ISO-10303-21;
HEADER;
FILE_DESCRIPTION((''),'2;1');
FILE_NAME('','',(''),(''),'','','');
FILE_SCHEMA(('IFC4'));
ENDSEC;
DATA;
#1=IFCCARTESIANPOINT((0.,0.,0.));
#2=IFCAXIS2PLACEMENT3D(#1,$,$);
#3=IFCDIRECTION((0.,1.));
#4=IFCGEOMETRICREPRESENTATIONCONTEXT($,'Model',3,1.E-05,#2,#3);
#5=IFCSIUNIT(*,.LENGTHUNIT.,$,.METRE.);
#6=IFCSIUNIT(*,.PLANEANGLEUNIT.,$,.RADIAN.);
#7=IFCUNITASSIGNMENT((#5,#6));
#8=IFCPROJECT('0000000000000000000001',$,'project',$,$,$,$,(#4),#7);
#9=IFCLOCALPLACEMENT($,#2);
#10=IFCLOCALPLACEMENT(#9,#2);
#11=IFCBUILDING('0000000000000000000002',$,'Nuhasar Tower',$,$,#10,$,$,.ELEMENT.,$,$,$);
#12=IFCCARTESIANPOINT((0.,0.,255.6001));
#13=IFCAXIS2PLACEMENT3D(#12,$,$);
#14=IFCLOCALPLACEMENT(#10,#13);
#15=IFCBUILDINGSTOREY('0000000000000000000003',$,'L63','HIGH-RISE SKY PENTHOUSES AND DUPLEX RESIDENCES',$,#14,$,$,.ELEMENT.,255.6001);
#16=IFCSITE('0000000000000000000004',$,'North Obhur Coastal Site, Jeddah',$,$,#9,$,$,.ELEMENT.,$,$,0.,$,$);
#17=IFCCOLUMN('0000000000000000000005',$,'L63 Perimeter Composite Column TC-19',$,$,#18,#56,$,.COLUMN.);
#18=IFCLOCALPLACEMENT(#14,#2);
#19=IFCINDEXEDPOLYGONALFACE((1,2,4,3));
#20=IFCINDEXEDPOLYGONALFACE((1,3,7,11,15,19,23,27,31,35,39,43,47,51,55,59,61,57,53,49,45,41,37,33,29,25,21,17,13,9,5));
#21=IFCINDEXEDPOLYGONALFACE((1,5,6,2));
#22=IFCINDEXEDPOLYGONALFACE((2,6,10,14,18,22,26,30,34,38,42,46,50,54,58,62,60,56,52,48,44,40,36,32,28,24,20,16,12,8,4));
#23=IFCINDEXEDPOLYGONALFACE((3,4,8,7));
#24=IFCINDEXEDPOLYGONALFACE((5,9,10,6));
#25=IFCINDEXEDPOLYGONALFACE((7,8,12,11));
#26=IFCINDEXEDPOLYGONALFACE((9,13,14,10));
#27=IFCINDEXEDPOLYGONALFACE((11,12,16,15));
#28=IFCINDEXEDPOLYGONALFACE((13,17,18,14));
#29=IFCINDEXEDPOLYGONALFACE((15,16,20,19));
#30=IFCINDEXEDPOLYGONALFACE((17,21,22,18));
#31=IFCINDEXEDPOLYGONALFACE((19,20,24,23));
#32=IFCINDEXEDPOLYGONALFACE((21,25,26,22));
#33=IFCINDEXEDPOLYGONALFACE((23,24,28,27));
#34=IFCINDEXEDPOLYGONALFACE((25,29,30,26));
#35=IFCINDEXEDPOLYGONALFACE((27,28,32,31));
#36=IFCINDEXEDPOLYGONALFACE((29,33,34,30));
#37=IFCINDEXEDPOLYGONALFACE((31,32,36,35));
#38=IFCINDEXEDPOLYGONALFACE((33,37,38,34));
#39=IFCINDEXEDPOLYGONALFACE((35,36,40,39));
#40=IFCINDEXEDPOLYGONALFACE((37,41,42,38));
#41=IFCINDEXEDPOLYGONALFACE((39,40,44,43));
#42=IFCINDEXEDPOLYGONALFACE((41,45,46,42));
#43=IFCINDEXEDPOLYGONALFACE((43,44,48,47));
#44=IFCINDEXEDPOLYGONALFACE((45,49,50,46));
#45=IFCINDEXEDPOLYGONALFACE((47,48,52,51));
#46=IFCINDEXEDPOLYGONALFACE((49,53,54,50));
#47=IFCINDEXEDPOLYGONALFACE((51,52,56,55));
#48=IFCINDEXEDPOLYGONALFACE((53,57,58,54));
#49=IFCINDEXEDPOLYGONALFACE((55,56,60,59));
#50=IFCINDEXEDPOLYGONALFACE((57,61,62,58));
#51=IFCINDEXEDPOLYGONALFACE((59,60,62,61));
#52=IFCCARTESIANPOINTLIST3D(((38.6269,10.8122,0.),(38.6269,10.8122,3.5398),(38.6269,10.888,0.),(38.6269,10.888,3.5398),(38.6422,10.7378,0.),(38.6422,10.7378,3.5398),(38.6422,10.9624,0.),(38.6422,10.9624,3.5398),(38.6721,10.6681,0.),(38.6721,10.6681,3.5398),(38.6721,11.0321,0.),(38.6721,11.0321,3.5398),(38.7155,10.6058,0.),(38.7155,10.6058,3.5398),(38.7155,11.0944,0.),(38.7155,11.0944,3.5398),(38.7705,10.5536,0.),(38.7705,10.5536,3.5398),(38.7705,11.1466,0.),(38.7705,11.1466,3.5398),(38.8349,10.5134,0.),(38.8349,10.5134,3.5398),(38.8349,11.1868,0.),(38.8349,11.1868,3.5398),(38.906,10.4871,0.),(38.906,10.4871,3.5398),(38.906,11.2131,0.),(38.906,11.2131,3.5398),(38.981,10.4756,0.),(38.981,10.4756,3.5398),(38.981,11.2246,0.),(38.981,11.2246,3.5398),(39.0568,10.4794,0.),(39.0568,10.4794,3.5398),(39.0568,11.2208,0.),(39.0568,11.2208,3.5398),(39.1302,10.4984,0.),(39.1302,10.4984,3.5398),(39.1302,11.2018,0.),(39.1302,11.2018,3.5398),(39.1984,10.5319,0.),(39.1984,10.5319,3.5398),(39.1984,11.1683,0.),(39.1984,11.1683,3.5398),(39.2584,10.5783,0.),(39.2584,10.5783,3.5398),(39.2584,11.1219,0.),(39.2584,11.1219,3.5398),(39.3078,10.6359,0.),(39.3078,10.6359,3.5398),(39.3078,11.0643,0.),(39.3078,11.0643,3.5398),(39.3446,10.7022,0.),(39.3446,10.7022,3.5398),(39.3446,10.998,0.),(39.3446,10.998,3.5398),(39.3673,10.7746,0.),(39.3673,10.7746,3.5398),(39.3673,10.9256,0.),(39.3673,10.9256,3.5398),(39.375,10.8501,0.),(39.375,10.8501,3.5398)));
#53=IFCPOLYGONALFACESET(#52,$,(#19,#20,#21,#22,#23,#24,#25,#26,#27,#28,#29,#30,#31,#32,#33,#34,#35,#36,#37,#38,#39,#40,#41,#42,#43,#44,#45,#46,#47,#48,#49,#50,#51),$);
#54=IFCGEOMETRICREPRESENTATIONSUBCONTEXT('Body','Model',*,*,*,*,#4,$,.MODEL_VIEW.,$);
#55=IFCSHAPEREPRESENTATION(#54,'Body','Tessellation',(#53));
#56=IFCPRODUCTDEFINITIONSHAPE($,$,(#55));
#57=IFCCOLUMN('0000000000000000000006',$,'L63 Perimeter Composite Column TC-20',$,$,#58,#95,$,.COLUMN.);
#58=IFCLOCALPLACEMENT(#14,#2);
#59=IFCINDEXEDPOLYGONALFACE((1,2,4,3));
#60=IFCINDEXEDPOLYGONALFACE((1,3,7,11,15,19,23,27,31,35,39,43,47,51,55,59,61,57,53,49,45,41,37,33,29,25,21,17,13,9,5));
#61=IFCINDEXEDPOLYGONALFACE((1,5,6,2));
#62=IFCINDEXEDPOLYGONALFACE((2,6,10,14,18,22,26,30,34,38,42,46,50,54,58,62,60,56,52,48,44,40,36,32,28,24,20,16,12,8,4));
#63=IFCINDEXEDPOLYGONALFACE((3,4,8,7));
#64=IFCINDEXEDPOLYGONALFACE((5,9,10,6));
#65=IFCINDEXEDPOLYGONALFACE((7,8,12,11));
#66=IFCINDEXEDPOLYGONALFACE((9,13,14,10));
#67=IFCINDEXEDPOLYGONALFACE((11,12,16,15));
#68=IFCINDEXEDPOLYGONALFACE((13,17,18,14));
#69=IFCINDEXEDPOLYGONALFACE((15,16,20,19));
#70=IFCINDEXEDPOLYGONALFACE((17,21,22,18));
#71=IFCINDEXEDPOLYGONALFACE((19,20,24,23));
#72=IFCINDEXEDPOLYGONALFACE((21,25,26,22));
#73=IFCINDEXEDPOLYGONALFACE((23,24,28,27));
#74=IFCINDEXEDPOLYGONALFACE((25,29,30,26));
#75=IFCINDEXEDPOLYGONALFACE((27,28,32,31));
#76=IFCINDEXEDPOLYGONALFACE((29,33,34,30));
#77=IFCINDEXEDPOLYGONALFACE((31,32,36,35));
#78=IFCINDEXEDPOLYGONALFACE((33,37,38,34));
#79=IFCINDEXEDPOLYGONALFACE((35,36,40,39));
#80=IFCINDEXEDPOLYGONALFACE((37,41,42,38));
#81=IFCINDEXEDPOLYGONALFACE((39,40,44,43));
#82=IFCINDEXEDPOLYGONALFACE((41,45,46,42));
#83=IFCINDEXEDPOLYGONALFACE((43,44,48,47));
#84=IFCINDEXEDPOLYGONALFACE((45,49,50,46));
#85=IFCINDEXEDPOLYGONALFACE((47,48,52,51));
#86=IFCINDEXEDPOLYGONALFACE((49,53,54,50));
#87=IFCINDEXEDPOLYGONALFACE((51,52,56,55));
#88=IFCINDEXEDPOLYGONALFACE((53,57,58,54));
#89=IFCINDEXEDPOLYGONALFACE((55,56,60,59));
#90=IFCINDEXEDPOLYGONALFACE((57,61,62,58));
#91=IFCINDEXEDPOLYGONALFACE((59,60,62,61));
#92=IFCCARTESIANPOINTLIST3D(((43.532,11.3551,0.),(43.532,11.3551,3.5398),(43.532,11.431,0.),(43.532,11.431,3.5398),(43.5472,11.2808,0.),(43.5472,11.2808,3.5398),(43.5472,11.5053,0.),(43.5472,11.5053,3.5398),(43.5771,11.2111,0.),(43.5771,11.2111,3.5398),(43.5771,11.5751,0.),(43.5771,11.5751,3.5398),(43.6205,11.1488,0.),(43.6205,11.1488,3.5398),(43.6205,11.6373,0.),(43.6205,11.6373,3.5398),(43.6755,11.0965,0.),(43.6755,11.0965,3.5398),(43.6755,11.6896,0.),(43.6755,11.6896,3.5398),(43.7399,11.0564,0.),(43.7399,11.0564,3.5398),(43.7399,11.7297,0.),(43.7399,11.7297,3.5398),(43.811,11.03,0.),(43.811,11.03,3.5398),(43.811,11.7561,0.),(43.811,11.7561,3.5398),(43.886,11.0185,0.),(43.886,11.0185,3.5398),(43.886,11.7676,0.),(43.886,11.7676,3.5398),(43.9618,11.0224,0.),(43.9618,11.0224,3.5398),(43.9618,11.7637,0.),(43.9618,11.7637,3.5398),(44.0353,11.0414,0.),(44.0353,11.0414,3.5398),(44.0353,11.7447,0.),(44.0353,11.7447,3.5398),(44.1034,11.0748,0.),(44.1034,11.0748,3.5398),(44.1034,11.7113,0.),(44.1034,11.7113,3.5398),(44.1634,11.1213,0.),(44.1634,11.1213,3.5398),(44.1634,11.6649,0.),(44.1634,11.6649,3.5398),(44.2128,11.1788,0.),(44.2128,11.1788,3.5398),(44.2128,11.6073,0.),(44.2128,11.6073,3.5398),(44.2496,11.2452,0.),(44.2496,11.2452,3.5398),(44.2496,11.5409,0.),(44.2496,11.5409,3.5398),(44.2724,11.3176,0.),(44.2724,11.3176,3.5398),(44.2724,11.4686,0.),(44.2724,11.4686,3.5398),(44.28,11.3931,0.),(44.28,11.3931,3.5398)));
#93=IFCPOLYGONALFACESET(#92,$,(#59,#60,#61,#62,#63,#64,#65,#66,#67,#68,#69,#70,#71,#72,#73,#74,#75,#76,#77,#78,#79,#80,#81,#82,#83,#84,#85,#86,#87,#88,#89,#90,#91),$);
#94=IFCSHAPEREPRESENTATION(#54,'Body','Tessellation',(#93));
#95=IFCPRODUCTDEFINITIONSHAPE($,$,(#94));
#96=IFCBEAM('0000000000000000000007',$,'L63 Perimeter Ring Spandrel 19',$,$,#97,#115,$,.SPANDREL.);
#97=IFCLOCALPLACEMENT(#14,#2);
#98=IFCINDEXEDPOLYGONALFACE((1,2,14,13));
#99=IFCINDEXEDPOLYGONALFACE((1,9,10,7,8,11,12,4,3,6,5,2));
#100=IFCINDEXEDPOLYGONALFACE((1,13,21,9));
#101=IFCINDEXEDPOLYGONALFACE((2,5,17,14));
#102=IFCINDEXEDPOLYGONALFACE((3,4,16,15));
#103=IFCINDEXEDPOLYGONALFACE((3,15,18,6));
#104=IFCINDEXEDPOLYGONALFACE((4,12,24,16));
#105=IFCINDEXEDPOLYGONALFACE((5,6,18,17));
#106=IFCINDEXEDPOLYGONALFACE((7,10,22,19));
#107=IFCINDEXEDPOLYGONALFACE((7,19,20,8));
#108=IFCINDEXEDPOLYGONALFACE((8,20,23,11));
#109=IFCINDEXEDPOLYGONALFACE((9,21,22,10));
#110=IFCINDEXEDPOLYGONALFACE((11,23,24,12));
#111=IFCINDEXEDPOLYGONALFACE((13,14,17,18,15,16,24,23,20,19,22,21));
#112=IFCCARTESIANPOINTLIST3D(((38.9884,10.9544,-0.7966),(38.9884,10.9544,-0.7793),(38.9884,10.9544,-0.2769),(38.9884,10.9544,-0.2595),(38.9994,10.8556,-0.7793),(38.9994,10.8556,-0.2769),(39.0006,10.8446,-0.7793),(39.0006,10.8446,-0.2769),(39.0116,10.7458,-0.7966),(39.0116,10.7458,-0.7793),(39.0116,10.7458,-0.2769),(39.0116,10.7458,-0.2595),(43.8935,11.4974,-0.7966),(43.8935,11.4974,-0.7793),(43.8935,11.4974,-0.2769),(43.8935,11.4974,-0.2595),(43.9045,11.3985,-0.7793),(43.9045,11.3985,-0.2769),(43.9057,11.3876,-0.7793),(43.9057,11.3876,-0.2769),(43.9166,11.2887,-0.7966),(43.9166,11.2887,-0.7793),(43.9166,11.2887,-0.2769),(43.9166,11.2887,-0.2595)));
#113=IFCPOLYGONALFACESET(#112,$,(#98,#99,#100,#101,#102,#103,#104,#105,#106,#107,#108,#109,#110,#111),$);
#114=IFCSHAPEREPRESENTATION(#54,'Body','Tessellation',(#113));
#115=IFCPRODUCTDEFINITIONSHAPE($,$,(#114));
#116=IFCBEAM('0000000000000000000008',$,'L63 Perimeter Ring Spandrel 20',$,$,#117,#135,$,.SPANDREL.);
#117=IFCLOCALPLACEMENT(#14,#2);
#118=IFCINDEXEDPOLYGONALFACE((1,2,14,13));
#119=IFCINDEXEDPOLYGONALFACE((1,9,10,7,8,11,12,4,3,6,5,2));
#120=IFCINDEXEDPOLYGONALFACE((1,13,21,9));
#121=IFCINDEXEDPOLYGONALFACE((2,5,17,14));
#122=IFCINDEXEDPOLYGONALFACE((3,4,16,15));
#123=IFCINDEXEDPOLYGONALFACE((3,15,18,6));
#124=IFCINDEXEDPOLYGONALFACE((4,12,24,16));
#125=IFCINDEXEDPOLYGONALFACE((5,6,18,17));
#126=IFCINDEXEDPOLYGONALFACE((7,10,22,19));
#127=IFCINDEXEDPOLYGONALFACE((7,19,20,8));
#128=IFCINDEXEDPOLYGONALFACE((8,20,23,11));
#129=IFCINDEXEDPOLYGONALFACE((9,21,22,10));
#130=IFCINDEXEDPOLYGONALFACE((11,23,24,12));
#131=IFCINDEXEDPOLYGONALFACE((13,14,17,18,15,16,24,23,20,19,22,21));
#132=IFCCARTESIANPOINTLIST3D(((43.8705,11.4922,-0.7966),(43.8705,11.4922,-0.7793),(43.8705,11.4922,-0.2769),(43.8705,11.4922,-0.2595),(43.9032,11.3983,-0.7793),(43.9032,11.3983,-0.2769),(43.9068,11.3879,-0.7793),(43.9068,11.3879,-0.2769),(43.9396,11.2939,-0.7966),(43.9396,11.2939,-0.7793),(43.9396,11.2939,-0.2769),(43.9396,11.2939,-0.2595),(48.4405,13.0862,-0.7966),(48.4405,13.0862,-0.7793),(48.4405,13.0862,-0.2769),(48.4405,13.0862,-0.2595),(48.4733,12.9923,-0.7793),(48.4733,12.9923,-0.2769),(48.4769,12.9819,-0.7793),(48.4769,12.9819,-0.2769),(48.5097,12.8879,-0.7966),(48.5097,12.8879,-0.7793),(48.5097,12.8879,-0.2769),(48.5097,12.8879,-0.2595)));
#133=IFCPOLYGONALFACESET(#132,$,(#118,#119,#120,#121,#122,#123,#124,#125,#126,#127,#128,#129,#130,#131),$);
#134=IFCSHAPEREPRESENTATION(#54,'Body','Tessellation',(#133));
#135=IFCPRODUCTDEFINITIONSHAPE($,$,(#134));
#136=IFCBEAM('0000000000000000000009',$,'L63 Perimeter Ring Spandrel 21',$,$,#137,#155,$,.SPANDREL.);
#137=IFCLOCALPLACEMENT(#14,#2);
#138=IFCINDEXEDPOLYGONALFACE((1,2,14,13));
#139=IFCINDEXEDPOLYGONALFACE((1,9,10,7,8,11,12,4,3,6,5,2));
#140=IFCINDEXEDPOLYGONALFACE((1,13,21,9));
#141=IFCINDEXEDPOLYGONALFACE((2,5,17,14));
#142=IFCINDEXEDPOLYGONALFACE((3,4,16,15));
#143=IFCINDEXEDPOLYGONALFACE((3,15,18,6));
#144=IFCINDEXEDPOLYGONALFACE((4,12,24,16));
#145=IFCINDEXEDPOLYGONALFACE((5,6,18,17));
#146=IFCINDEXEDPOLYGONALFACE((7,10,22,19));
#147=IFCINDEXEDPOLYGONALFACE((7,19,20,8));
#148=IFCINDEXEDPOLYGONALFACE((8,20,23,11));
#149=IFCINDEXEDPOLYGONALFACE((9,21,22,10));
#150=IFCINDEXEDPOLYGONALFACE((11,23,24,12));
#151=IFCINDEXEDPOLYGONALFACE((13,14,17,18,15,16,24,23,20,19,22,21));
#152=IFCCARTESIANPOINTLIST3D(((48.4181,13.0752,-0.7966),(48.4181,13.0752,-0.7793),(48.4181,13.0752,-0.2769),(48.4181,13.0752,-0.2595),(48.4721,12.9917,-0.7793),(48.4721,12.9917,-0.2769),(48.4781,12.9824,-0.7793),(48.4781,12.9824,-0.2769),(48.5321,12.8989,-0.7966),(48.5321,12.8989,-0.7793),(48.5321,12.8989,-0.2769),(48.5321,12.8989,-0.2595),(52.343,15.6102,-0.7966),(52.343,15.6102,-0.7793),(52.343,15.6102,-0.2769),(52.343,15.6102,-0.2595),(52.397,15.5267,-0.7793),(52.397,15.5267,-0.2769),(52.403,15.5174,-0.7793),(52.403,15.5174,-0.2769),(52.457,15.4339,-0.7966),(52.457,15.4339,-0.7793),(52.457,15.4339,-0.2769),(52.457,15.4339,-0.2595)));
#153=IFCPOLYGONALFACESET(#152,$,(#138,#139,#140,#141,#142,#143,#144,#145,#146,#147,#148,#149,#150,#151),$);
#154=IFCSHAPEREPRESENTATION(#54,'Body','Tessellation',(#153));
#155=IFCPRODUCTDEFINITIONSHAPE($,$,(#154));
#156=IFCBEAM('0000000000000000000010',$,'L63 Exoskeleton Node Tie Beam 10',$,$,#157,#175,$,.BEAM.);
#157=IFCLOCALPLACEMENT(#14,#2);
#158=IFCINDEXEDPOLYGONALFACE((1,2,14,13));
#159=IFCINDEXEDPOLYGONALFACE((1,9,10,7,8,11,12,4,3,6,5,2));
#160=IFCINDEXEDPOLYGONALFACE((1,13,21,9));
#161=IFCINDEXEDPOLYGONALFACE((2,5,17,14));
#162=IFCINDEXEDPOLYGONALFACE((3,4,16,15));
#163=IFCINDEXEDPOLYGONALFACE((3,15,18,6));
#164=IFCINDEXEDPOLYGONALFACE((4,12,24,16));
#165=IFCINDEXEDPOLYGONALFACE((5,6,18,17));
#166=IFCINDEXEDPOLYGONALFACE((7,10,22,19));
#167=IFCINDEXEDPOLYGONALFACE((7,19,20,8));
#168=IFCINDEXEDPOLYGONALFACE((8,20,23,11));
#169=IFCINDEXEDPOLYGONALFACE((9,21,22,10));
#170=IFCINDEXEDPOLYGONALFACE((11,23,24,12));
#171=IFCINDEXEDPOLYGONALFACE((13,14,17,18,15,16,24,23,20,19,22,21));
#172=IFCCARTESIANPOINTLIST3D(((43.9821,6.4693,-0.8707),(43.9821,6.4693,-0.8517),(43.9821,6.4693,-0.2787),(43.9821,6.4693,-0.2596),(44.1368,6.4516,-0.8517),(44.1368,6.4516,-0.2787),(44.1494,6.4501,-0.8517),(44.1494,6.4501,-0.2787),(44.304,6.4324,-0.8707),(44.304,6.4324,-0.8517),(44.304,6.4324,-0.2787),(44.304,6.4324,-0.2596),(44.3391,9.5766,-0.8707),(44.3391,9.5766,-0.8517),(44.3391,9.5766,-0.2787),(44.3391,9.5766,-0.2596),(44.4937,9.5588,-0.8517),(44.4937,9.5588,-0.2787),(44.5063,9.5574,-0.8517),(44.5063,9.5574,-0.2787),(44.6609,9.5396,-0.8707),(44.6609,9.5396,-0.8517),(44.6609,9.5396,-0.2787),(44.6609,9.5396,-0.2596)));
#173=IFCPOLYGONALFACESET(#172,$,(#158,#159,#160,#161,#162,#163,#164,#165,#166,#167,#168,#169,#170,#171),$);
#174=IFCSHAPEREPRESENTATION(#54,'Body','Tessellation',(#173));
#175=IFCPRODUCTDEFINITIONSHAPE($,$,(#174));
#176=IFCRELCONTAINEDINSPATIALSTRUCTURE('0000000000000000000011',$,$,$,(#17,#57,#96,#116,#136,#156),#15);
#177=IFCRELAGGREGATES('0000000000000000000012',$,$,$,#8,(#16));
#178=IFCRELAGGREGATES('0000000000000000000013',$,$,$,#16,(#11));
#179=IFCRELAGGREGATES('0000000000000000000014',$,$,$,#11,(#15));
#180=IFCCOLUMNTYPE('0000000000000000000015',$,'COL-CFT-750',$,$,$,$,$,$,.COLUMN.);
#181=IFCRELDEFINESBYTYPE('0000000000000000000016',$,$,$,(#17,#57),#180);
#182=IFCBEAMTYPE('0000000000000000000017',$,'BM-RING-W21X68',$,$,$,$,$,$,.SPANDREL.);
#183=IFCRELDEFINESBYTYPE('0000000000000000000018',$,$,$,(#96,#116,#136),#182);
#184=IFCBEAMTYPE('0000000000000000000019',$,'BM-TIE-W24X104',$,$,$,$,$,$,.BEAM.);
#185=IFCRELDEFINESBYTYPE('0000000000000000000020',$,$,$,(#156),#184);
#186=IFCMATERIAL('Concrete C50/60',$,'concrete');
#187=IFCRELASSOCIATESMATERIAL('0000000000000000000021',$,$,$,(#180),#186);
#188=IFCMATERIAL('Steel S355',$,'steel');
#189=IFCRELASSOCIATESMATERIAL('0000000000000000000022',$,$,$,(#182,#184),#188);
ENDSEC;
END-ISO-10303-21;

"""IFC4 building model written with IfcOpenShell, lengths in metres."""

from ifc_helpers import new_model, si_unit, direction, frame, origin, origin_2d, place, context, subcontext, project, spatial, circle, i_section, extrude, material, material_profile, profile_set, type_object, element, save


model = new_model("IFC4")

# Units and contexts
model_context = context("Model", 3, precision=1e-05, world=origin(), true_north=direction((0.0, 1.0)))
body_context = subcontext(model_context, "Body", "Model", "MODEL_VIEW")
ifc_project = project(units=[si_unit("LENGTHUNIT", "METRE"), si_unit("PLANEANGLEUNIT", "RADIAN")], contexts=[model_context])

# Site, building, storey
site_placement = place(None, origin())
site = spatial("IfcSite", under=ifc_project, at=site_placement, Name="North Obhur Coastal Site, Jeddah", CompositionType="ELEMENT", RefElevation=0.0)
building_placement = place(site_placement, origin())
building = spatial("IfcBuilding", under=site, at=building_placement, Name="Nuhasar Tower", CompositionType="ELEMENT")
storey_placement = place(building_placement, frame((0.0, 0.0, 255.6001)))
storey = spatial("IfcBuildingStorey", under=building, at=storey_placement, Name="L63", Description="HIGH-RISE SKY PENTHOUSES AND DUPLEX RESIDENCES", CompositionType="ELEMENT", Elevation=255.6001)

# Columns
ifc_material_1 = material(Name="Concrete C50/60", Category="concrete")
ifc_material_profile_1 = material_profile(ifc_material_1, circle(Radius=0.375, at=origin_2d()), Name="CFT750")
ifc_profile_set_1 = profile_set([ifc_material_profile_1], Name="Concrete C50/60")
column_type = type_object("IfcColumnType", Name="COL-CFT-750", PredefinedType="COLUMN", material=ifc_profile_set_1)
for number, where, z_axis, x_axis, name in (
    (1, (39.0, 10.8501, 0.0), (0.0, 0.0, 1.0), (1.0, 0.0, 0.0), "L63 Perimeter Composite Column TC-19"),
    (2, (43.905, 11.3931, 0.0), (0.0, 0.0, 1.0), (1.0, 0.0, 0.0), "L63 Perimeter Composite Column TC-20"),
):
    element("IfcColumn", number, at=place(storey_placement, frame(where, z_axis=z_axis, x_axis=x_axis)), inside=storey, type_object=column_type, Name=name, PredefinedType="COLUMN", context=body_context, shape_type="SweptSolid", body=[
        extrude(circle(Radius=0.375, at=origin_2d()), origin(), (0.0, 0.0, 1.0), 3.5398),
    ])

# Beams
ifc_material_2 = material(Name="Steel S355", Category="steel")
ifc_material_profile_2 = material_profile(ifc_material_2, i_section(OverallWidth=0.21, OverallDepth=0.5371, WebThickness=0.011, FlangeThickness=0.0173, at=origin_2d()), Name="W21X68")
ifc_profile_set_2 = profile_set([ifc_material_profile_2], Name="Steel S355")
beam_type_1 = type_object("IfcBeamType", Name="BM-RING-W21X68", PredefinedType="SPANDREL", material=ifc_profile_set_2)
beam_1_placement = place(storey_placement, frame((39.0, 10.8501, -0.5281), z_axis=(0.993929, 0.110024, 0.0), x_axis=(-0.110024, 0.993929, 0.0)))
element("IfcBeam", 3, at=beam_1_placement, inside=storey, type_object=beam_type_1, Name="L63 Perimeter Ring Spandrel 19", PredefinedType="SPANDREL", context=body_context, shape_type="SweptSolid", body=[
    extrude(i_section(OverallWidth=0.21, OverallDepth=0.5371, WebThickness=0.011, FlangeThickness=0.0173, at=origin_2d()), origin(), (0.0, 0.0, 1.0), 4.9351),
])
beam_2_placement = place(storey_placement, frame((43.905, 11.3931, -0.5281), z_axis=(0.944214, 0.329332, 0.0), x_axis=(-0.329332, 0.944214, 0.0)))
element("IfcBeam", 4, at=beam_2_placement, inside=storey, type_object=beam_type_1, Name="L63 Perimeter Ring Spandrel 20", PredefinedType="SPANDREL", context=body_context, shape_type="SweptSolid", body=[
    extrude(i_section(OverallWidth=0.21, OverallDepth=0.5371, WebThickness=0.011, FlangeThickness=0.0173, at=origin_2d()), origin(), (0.0, 0.0, 1.0), 4.8401),
])
beam_3_placement = place(storey_placement, frame((48.4751, 12.9871, -0.5281), z_axis=(0.840025, 0.542547, 0.0), x_axis=(-0.542547, 0.840025, 0.0)))
element("IfcBeam", 5, at=beam_3_placement, inside=storey, type_object=beam_type_1, Name="L63 Perimeter Ring Spandrel 21", PredefinedType="SPANDREL", context=body_context, shape_type="SweptSolid", body=[
    extrude(i_section(OverallWidth=0.21, OverallDepth=0.5371, WebThickness=0.011, FlangeThickness=0.0173, at=origin_2d()), origin(), (0.0, 0.0, 1.0), 4.6724),
])
ifc_material_profile_3 = material_profile(ifc_material_2, i_section(OverallWidth=0.324, OverallDepth=0.6111, WebThickness=0.0127, FlangeThickness=0.019, at=origin_2d()), Name="W24X104")
ifc_profile_set_3 = profile_set([ifc_material_profile_3], Name="Steel S355")
beam_type_2 = type_object("IfcBeamType", Name="BM-TIE-W24X104", PredefinedType="BEAM", material=ifc_profile_set_3)
beam_4_placement = place(storey_placement, frame((44.5, 9.5581, -0.5652), z_axis=(-0.114123, -0.993467, 0.0), x_axis=(0.993467, -0.114123, 0.0)))
element("IfcBeam", 6, at=beam_4_placement, inside=storey, type_object=beam_type_2, Name="L63 Exoskeleton Node Tie Beam 10", PredefinedType="BEAM", context=body_context, shape_type="SweptSolid", body=[
    extrude(i_section(OverallWidth=0.324, OverallDepth=0.6111, WebThickness=0.0127, FlangeThickness=0.019, at=origin_2d()), origin(), (0.0, 0.0, 1.0), 3.1277),
])

save(model, "model.ifc")
